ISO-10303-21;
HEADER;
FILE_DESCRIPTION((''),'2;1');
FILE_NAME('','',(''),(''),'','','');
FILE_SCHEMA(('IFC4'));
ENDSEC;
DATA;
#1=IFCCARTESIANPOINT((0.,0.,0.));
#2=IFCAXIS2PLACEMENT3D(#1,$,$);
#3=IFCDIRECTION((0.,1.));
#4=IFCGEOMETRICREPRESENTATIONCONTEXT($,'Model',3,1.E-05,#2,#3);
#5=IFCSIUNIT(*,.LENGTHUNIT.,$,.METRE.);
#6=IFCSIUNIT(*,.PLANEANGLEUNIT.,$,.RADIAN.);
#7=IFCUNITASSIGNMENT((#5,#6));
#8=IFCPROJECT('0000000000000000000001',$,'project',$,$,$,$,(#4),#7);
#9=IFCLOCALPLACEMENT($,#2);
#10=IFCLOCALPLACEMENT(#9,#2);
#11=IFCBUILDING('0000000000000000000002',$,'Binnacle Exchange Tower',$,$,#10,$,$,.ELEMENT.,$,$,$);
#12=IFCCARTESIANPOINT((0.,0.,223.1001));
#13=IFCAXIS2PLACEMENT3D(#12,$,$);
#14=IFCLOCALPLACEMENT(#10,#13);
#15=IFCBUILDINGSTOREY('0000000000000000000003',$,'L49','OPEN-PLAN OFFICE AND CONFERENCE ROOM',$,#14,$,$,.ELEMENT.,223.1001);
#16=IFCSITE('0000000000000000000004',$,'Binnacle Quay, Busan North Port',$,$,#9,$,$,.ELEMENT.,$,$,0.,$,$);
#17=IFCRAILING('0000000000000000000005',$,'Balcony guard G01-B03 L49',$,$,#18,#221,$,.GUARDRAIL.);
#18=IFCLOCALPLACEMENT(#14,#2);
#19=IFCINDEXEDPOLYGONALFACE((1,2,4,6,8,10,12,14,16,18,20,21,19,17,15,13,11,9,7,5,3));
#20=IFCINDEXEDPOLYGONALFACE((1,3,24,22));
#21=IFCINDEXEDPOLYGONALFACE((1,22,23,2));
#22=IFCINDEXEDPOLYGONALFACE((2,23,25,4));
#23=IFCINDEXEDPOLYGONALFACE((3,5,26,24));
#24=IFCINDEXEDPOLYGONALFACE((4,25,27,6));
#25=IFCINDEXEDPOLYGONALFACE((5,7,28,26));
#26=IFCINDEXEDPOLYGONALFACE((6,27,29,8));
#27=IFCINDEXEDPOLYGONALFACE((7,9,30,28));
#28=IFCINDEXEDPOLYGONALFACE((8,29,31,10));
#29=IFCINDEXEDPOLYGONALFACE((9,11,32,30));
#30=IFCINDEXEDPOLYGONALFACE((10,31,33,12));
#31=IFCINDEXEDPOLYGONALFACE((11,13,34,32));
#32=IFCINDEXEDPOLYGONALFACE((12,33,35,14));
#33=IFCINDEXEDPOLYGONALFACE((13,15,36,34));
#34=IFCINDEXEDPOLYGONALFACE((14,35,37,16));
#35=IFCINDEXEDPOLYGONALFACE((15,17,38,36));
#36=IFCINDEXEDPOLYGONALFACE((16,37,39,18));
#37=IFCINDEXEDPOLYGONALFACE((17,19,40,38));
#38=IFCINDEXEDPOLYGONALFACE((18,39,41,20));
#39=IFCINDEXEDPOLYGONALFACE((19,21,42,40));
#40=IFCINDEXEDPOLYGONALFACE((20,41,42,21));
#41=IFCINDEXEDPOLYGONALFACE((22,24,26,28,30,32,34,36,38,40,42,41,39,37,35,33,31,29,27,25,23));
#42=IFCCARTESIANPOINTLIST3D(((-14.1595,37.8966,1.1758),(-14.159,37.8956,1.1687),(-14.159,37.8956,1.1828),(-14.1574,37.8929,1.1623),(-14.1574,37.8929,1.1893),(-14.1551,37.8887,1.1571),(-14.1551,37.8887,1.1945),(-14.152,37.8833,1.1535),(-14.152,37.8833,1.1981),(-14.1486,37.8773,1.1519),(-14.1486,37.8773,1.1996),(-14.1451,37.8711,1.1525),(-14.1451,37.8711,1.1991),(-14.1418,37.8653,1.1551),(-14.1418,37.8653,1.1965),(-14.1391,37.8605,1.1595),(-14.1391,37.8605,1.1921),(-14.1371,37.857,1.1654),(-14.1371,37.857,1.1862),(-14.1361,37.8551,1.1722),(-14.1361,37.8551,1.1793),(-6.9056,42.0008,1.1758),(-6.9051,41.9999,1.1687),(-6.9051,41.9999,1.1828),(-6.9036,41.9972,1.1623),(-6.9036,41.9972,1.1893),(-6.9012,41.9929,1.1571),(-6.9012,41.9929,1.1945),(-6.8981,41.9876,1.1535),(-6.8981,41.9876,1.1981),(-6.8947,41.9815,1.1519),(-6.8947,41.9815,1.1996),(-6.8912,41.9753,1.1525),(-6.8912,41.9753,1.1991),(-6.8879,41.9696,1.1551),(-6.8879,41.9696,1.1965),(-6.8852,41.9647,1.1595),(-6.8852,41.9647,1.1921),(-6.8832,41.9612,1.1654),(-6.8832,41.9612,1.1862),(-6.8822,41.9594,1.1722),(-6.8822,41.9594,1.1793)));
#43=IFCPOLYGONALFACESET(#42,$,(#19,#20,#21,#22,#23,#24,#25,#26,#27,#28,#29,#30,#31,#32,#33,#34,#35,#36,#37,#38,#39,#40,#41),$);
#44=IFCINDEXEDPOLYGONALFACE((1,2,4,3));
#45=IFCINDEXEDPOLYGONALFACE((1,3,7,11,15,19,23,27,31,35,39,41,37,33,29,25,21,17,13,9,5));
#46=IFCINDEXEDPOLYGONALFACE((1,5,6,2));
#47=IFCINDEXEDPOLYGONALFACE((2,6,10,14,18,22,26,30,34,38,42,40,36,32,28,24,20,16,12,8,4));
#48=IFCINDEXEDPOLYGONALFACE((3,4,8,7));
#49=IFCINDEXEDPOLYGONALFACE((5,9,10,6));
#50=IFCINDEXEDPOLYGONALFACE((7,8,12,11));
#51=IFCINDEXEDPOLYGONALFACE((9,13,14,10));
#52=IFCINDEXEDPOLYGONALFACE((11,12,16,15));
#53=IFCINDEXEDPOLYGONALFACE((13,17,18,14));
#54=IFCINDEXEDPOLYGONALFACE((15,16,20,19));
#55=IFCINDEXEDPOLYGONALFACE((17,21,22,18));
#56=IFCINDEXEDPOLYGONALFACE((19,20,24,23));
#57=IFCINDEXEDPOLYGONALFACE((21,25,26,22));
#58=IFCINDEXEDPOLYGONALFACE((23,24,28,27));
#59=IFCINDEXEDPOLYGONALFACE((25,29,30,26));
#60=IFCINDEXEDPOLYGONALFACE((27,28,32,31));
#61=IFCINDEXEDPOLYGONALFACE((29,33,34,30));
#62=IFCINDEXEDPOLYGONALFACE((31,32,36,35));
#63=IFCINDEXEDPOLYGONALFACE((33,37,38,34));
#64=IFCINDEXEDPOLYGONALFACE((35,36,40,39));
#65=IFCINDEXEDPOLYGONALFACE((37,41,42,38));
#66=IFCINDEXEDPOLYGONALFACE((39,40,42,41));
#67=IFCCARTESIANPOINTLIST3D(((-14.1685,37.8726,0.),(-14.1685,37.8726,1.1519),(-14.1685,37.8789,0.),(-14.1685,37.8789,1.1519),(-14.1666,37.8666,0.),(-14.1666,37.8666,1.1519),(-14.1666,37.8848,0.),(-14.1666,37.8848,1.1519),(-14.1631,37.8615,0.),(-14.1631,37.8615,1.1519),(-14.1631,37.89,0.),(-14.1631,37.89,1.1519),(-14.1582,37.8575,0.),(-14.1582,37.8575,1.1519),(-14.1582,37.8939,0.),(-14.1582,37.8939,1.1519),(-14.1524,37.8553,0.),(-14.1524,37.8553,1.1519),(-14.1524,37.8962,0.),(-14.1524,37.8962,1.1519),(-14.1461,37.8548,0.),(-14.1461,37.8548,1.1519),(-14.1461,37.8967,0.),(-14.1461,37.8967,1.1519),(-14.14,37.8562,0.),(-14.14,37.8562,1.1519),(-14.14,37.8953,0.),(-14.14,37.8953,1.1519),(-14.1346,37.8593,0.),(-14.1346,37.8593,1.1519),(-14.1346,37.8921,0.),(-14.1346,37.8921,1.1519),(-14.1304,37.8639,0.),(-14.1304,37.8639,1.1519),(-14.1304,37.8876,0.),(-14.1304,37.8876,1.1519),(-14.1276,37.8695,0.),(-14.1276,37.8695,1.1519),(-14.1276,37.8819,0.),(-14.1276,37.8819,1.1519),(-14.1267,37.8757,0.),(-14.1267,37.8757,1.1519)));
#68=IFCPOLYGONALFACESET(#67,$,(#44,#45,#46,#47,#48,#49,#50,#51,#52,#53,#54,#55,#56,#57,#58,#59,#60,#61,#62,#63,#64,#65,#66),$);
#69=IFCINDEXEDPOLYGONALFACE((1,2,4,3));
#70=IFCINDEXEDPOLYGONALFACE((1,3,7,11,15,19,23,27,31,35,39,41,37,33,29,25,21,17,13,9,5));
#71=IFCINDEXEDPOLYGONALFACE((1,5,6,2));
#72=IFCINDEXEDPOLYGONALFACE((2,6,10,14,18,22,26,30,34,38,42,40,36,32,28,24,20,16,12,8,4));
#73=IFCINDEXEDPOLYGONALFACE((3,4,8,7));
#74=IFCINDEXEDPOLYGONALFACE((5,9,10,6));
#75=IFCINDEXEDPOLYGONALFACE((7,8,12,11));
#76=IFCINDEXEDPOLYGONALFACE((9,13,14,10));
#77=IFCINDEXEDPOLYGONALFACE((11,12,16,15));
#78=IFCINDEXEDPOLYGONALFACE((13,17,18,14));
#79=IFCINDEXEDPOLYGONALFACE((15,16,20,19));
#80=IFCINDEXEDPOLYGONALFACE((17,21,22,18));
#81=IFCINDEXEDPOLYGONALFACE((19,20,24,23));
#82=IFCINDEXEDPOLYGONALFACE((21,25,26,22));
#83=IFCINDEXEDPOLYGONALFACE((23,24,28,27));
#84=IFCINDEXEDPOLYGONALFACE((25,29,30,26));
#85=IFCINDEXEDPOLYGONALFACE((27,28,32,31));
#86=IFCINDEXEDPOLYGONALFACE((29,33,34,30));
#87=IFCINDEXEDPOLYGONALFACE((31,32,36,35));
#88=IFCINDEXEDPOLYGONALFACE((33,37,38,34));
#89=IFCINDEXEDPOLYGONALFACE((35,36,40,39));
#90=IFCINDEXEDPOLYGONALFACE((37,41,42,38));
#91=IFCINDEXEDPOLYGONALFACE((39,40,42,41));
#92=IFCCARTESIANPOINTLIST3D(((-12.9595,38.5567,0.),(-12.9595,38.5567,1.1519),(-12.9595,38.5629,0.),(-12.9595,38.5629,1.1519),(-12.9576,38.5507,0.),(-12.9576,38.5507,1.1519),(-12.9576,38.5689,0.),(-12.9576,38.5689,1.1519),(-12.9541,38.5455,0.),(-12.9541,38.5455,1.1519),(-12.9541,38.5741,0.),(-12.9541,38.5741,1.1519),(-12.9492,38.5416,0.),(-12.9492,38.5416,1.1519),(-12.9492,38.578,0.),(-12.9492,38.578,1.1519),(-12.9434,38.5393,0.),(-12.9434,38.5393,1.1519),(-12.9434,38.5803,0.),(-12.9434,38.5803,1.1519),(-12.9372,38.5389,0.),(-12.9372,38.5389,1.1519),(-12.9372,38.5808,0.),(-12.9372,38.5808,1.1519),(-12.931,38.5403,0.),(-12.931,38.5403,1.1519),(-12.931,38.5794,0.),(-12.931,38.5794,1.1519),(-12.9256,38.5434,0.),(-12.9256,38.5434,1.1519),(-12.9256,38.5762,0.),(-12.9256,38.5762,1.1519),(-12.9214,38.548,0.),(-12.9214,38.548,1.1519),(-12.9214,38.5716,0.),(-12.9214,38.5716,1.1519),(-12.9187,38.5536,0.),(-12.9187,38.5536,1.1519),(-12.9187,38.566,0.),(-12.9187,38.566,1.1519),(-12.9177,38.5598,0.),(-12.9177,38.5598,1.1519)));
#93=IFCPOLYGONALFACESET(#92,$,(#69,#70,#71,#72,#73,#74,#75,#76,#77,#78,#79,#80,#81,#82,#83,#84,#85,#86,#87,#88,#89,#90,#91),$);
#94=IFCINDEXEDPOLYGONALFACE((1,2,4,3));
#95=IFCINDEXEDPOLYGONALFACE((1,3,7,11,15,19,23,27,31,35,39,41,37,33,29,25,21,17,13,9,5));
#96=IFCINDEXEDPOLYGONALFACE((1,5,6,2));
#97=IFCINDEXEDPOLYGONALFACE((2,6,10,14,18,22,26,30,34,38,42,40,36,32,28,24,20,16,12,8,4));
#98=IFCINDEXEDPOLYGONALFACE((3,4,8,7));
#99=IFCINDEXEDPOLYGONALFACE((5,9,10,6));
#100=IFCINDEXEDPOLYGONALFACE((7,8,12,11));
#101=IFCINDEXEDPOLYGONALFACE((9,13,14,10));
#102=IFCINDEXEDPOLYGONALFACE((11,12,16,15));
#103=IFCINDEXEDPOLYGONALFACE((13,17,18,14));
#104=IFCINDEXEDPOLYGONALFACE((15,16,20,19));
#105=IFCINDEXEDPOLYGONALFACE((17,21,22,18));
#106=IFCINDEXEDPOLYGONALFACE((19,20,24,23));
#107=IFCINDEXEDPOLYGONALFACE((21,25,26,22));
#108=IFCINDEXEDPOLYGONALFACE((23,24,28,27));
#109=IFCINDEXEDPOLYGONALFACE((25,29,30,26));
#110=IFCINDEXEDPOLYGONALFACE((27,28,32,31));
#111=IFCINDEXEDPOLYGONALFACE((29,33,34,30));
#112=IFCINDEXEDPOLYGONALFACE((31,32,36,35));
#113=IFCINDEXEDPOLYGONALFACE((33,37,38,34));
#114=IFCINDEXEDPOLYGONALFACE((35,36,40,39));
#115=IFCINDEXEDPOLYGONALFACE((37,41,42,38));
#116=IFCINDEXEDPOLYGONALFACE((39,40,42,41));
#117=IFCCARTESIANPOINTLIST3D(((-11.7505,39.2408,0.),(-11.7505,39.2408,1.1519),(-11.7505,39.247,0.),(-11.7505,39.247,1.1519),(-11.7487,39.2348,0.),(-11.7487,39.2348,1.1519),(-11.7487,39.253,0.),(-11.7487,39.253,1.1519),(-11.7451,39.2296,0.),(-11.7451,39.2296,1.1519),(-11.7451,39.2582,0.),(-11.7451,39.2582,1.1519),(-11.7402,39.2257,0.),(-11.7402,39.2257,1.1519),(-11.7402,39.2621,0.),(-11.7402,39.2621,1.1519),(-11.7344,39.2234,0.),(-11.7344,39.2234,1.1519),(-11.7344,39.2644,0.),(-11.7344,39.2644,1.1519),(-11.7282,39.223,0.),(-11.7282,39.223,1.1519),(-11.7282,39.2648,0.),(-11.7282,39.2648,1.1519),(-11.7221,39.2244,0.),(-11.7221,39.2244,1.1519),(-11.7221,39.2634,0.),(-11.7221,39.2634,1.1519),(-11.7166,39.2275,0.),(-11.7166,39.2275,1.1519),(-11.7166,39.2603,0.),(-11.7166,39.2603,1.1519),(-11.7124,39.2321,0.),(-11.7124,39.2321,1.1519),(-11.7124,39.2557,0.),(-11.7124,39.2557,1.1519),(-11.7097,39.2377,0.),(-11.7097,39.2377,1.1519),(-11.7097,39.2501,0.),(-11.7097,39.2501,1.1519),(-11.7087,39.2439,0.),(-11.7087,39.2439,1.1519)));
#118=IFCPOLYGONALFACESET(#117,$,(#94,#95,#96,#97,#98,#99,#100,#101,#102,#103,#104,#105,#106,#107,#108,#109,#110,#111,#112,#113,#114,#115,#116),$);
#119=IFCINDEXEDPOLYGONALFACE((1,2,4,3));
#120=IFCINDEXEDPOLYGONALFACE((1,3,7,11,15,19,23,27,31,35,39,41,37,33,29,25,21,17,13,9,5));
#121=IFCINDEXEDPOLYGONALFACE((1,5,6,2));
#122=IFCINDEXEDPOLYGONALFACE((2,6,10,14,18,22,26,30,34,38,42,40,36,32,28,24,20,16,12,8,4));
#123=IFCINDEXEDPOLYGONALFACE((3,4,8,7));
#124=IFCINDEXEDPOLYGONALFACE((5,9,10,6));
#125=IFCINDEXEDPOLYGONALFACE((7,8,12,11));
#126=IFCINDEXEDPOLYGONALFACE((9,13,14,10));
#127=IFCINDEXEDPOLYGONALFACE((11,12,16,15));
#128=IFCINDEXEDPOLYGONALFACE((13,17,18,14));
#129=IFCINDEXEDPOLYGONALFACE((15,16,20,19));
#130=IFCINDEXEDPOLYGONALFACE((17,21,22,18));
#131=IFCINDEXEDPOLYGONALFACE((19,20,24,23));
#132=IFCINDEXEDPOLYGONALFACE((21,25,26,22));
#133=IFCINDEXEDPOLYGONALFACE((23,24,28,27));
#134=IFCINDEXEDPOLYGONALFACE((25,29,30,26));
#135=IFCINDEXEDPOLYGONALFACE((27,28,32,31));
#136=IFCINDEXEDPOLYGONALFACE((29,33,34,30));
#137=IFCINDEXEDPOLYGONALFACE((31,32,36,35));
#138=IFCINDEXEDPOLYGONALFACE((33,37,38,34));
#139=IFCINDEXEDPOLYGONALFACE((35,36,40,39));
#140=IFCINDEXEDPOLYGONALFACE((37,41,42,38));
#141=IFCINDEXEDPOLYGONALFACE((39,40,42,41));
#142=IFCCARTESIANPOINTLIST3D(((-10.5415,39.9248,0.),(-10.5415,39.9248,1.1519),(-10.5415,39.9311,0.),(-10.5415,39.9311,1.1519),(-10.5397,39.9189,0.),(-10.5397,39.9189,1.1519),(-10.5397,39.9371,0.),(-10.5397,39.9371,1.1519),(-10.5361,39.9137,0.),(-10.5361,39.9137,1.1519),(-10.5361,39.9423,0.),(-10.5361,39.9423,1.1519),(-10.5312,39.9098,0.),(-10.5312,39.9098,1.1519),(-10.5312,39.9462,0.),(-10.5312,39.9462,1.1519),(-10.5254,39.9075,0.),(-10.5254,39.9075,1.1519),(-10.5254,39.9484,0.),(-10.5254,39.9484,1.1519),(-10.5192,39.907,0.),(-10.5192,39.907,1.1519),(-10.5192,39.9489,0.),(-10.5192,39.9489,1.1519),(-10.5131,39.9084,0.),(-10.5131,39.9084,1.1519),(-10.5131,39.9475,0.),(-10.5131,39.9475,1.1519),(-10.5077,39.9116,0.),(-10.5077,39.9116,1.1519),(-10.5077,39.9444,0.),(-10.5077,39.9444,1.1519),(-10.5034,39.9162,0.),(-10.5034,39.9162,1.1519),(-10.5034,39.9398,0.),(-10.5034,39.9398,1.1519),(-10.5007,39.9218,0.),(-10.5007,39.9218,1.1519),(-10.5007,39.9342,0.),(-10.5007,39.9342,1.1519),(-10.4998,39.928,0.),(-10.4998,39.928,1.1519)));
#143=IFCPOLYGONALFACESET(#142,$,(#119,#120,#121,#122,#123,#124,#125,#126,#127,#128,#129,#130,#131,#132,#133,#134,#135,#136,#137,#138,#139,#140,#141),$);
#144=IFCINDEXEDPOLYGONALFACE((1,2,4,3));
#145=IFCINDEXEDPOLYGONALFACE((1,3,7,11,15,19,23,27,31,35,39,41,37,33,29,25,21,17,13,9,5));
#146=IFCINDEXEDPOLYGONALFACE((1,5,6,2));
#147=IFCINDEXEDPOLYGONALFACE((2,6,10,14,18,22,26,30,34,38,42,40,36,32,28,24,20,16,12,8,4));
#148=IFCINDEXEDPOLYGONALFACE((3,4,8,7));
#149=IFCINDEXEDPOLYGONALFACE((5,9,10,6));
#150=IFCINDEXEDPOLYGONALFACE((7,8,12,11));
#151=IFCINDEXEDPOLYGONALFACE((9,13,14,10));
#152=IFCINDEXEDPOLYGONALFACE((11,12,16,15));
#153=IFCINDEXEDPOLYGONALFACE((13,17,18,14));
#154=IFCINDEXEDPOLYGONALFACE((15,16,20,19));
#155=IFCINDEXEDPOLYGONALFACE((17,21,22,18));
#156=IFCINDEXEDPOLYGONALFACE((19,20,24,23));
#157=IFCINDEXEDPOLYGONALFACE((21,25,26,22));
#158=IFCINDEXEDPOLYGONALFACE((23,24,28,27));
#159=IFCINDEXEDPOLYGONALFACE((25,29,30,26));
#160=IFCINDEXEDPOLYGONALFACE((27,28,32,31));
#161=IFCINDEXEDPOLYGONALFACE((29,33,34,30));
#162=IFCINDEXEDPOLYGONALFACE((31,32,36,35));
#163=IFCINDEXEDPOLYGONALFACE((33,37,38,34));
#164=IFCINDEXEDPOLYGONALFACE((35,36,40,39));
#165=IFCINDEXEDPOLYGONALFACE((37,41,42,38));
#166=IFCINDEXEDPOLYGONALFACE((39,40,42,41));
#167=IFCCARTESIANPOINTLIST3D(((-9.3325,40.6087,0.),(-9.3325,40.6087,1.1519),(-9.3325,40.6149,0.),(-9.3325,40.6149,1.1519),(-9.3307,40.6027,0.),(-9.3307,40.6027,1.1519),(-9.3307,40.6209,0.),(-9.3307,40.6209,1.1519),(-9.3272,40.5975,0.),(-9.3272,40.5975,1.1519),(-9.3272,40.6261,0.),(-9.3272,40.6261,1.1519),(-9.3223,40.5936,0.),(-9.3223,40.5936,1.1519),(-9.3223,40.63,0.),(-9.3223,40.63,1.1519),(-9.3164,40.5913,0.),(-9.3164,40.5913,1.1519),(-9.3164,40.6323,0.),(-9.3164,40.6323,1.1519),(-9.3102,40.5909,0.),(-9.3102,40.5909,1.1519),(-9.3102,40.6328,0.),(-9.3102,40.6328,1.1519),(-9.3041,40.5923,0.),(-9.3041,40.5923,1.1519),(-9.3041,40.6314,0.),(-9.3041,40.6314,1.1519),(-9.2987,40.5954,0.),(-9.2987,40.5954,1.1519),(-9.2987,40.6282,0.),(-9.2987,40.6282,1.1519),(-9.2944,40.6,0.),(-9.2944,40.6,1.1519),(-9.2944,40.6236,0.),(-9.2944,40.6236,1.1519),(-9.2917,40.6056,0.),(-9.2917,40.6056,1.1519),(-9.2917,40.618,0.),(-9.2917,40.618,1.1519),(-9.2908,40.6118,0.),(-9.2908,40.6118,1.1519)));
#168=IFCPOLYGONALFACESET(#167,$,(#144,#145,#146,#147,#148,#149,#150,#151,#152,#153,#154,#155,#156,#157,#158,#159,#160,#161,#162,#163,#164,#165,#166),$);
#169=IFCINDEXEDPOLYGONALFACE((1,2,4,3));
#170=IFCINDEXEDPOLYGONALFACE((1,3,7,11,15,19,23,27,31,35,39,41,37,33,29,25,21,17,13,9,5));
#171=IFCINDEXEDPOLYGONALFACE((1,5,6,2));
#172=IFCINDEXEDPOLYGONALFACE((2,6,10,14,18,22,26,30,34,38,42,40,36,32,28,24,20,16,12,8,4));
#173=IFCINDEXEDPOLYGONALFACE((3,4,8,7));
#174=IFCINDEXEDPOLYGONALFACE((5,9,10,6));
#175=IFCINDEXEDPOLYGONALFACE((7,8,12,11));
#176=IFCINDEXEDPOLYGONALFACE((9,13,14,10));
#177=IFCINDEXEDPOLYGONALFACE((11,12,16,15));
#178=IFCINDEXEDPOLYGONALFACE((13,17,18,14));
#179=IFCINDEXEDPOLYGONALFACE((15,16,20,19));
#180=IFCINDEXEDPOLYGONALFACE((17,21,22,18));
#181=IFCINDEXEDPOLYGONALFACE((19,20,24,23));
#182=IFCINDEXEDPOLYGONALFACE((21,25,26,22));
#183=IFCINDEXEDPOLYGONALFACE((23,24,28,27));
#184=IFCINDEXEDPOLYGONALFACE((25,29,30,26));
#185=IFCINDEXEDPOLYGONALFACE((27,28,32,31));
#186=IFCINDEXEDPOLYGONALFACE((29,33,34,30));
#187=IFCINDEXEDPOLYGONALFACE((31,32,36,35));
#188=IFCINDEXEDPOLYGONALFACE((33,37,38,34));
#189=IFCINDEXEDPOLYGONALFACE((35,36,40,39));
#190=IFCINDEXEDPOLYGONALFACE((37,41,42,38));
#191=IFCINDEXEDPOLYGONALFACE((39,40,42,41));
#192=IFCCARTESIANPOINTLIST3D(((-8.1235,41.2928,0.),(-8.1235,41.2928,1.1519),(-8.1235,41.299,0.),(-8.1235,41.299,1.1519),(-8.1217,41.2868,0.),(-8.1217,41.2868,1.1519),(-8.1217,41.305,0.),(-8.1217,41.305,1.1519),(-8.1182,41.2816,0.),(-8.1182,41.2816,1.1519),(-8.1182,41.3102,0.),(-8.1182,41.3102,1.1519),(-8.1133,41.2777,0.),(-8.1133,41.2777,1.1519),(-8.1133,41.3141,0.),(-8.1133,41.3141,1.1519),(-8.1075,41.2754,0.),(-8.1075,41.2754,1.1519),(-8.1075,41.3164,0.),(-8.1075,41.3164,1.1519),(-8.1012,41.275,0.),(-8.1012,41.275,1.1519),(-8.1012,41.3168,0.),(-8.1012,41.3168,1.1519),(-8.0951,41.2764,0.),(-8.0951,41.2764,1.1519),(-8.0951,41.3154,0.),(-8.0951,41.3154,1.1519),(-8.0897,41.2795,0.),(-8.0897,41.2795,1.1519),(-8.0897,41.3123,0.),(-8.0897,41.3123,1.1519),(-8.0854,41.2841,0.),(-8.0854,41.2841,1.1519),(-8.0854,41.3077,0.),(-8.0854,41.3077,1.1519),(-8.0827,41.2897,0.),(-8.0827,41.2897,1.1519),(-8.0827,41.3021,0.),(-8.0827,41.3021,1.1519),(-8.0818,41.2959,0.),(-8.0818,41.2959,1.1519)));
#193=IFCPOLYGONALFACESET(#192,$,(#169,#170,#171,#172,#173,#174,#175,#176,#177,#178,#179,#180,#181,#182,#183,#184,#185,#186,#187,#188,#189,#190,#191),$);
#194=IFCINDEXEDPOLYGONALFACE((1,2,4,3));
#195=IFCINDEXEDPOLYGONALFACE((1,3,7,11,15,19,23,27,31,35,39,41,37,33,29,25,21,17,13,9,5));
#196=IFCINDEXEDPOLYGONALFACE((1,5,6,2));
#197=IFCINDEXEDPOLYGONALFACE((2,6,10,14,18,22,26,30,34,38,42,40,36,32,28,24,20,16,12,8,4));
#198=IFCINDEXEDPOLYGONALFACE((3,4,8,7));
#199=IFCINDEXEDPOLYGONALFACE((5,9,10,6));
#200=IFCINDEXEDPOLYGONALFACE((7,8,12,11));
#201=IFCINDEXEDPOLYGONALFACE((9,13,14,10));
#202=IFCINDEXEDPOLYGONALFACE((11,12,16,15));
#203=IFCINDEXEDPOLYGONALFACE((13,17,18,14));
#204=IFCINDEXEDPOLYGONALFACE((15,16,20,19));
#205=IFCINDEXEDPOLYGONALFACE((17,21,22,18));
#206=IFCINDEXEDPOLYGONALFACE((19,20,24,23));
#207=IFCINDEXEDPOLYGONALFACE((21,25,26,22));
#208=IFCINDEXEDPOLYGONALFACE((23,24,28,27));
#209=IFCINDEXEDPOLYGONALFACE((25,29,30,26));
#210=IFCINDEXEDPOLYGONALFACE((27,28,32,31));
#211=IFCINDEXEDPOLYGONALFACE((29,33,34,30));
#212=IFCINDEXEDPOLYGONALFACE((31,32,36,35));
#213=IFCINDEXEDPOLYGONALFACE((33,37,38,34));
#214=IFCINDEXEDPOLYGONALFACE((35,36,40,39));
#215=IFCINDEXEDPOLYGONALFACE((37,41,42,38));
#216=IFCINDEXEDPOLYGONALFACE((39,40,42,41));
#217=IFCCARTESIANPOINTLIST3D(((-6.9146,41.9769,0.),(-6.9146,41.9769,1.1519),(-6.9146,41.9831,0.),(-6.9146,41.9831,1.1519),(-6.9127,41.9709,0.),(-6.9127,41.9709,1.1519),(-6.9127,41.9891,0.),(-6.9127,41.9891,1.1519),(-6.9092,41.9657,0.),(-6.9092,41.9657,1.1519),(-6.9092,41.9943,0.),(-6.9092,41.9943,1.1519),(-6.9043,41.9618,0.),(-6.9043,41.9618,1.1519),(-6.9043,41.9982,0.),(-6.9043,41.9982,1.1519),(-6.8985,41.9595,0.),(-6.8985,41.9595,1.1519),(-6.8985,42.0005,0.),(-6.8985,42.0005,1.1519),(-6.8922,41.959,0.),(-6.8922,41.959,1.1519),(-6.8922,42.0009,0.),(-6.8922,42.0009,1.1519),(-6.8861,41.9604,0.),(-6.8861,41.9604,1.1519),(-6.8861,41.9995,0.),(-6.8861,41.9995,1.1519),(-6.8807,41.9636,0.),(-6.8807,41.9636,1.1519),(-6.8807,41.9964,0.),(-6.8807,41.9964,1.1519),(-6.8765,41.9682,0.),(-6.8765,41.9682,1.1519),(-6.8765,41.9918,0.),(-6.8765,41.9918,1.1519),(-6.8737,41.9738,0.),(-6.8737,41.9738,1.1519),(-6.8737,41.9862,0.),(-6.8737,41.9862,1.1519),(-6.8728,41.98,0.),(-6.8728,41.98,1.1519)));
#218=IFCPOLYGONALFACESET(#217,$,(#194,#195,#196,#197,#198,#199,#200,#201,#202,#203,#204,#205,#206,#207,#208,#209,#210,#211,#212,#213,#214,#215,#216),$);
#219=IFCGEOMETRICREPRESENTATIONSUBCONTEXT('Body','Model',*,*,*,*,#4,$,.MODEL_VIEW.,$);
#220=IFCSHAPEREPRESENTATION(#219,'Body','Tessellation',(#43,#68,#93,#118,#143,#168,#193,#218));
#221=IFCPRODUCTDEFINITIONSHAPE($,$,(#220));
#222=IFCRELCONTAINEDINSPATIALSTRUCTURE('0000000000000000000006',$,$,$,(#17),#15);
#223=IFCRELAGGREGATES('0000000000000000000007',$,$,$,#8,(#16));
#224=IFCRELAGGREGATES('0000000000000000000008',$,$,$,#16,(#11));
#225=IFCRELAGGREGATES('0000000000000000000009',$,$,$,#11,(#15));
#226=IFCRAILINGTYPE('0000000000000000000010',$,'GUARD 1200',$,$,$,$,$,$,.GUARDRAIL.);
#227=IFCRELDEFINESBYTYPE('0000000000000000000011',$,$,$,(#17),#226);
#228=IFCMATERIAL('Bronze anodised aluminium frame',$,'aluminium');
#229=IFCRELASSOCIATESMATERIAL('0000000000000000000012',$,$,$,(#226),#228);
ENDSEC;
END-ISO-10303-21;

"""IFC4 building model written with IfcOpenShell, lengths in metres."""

from ifc_helpers import new_model, si_unit, direction, frame, origin, origin_2d, place, context, subcontext, project, spatial, circle, extrude, material, type_object, element, save


model = new_model("IFC4")

# Units and contexts
model_context = context("Model", 3, precision=1e-05, world=origin(), true_north=direction((0.0, 1.0)))
body_context = subcontext(model_context, "Body", "Model", "MODEL_VIEW")
ifc_project = project(units=[si_unit("LENGTHUNIT", "METRE"), si_unit("PLANEANGLEUNIT", "RADIAN")], contexts=[model_context])

# Site, building, storey
site_placement = place(None, origin())
site = spatial("IfcSite", under=ifc_project, at=site_placement, Name="Binnacle Quay, Busan North Port", CompositionType="ELEMENT", RefElevation=0.0)
building_placement = place(site_placement, origin())
building = spatial("IfcBuilding", under=site, at=building_placement, Name="Binnacle Exchange Tower", CompositionType="ELEMENT")
storey_placement = place(building_placement, frame((0.0, 0.0, 223.1001)))
storey = spatial("IfcBuildingStorey", under=building, at=storey_placement, Name="L49", Description="OPEN-PLAN OFFICE AND CONFERENCE ROOM", CompositionType="ELEMENT", Elevation=223.1001)

# Railing
ifc_material_1 = material(Name="Bronze anodised aluminium frame", Category="aluminium")
railing_type = type_object("IfcRailingType", Name="GUARD 1200", PredefinedType="GUARDRAIL", material=ifc_material_1)
railing_1_placement = place(storey_placement, frame((-14.1477, 37.8757, 0.0)))
element("IfcRailing", 1, at=railing_1_placement, inside=storey, type_object=railing_type, Name="Balcony guard G01-B03 L49", PredefinedType="GUARDRAIL", context=body_context, shape_type="SweptSolid", body=[
    extrude(circle(Radius=0.0239, at=origin_2d()), frame((0.0, 0.0, 1.1758), z_axis=(0.870346, 0.49244, 0.0), x_axis=(-0.49244, 0.870346, 0.0)), (0.0, 0.0, 1.0), 8.3345),
    extrude(circle(Radius=0.021, at=origin_2d()), origin(), (0.0, 0.0, 1.0), 1.1519),
    extrude(circle(Radius=0.021, at=origin_2d()), frame((1.209, 0.6841, 0.0)), (0.0, 0.0, 1.0), 1.1519),
    extrude(circle(Radius=0.021, at=origin_2d()), frame((2.418, 1.3682, 0.0)), (0.0, 0.0, 1.0), 1.1519),
    extrude(circle(Radius=0.021, at=origin_2d()), frame((3.627, 2.0522, 0.0)), (0.0, 0.0, 1.0), 1.1519),
    extrude(circle(Radius=0.021, at=origin_2d()), frame((4.8359, 2.7361, 0.0)), (0.0, 0.0, 1.0), 1.1519),
    extrude(circle(Radius=0.021, at=origin_2d()), frame((6.0449, 3.4202, 0.0)), (0.0, 0.0, 1.0), 1.1519),
    extrude(circle(Radius=0.021, at=origin_2d()), frame((7.2539, 4.1042, 0.0)), (0.0, 0.0, 1.0), 1.1519),
])

save(model, "model.ifc")
